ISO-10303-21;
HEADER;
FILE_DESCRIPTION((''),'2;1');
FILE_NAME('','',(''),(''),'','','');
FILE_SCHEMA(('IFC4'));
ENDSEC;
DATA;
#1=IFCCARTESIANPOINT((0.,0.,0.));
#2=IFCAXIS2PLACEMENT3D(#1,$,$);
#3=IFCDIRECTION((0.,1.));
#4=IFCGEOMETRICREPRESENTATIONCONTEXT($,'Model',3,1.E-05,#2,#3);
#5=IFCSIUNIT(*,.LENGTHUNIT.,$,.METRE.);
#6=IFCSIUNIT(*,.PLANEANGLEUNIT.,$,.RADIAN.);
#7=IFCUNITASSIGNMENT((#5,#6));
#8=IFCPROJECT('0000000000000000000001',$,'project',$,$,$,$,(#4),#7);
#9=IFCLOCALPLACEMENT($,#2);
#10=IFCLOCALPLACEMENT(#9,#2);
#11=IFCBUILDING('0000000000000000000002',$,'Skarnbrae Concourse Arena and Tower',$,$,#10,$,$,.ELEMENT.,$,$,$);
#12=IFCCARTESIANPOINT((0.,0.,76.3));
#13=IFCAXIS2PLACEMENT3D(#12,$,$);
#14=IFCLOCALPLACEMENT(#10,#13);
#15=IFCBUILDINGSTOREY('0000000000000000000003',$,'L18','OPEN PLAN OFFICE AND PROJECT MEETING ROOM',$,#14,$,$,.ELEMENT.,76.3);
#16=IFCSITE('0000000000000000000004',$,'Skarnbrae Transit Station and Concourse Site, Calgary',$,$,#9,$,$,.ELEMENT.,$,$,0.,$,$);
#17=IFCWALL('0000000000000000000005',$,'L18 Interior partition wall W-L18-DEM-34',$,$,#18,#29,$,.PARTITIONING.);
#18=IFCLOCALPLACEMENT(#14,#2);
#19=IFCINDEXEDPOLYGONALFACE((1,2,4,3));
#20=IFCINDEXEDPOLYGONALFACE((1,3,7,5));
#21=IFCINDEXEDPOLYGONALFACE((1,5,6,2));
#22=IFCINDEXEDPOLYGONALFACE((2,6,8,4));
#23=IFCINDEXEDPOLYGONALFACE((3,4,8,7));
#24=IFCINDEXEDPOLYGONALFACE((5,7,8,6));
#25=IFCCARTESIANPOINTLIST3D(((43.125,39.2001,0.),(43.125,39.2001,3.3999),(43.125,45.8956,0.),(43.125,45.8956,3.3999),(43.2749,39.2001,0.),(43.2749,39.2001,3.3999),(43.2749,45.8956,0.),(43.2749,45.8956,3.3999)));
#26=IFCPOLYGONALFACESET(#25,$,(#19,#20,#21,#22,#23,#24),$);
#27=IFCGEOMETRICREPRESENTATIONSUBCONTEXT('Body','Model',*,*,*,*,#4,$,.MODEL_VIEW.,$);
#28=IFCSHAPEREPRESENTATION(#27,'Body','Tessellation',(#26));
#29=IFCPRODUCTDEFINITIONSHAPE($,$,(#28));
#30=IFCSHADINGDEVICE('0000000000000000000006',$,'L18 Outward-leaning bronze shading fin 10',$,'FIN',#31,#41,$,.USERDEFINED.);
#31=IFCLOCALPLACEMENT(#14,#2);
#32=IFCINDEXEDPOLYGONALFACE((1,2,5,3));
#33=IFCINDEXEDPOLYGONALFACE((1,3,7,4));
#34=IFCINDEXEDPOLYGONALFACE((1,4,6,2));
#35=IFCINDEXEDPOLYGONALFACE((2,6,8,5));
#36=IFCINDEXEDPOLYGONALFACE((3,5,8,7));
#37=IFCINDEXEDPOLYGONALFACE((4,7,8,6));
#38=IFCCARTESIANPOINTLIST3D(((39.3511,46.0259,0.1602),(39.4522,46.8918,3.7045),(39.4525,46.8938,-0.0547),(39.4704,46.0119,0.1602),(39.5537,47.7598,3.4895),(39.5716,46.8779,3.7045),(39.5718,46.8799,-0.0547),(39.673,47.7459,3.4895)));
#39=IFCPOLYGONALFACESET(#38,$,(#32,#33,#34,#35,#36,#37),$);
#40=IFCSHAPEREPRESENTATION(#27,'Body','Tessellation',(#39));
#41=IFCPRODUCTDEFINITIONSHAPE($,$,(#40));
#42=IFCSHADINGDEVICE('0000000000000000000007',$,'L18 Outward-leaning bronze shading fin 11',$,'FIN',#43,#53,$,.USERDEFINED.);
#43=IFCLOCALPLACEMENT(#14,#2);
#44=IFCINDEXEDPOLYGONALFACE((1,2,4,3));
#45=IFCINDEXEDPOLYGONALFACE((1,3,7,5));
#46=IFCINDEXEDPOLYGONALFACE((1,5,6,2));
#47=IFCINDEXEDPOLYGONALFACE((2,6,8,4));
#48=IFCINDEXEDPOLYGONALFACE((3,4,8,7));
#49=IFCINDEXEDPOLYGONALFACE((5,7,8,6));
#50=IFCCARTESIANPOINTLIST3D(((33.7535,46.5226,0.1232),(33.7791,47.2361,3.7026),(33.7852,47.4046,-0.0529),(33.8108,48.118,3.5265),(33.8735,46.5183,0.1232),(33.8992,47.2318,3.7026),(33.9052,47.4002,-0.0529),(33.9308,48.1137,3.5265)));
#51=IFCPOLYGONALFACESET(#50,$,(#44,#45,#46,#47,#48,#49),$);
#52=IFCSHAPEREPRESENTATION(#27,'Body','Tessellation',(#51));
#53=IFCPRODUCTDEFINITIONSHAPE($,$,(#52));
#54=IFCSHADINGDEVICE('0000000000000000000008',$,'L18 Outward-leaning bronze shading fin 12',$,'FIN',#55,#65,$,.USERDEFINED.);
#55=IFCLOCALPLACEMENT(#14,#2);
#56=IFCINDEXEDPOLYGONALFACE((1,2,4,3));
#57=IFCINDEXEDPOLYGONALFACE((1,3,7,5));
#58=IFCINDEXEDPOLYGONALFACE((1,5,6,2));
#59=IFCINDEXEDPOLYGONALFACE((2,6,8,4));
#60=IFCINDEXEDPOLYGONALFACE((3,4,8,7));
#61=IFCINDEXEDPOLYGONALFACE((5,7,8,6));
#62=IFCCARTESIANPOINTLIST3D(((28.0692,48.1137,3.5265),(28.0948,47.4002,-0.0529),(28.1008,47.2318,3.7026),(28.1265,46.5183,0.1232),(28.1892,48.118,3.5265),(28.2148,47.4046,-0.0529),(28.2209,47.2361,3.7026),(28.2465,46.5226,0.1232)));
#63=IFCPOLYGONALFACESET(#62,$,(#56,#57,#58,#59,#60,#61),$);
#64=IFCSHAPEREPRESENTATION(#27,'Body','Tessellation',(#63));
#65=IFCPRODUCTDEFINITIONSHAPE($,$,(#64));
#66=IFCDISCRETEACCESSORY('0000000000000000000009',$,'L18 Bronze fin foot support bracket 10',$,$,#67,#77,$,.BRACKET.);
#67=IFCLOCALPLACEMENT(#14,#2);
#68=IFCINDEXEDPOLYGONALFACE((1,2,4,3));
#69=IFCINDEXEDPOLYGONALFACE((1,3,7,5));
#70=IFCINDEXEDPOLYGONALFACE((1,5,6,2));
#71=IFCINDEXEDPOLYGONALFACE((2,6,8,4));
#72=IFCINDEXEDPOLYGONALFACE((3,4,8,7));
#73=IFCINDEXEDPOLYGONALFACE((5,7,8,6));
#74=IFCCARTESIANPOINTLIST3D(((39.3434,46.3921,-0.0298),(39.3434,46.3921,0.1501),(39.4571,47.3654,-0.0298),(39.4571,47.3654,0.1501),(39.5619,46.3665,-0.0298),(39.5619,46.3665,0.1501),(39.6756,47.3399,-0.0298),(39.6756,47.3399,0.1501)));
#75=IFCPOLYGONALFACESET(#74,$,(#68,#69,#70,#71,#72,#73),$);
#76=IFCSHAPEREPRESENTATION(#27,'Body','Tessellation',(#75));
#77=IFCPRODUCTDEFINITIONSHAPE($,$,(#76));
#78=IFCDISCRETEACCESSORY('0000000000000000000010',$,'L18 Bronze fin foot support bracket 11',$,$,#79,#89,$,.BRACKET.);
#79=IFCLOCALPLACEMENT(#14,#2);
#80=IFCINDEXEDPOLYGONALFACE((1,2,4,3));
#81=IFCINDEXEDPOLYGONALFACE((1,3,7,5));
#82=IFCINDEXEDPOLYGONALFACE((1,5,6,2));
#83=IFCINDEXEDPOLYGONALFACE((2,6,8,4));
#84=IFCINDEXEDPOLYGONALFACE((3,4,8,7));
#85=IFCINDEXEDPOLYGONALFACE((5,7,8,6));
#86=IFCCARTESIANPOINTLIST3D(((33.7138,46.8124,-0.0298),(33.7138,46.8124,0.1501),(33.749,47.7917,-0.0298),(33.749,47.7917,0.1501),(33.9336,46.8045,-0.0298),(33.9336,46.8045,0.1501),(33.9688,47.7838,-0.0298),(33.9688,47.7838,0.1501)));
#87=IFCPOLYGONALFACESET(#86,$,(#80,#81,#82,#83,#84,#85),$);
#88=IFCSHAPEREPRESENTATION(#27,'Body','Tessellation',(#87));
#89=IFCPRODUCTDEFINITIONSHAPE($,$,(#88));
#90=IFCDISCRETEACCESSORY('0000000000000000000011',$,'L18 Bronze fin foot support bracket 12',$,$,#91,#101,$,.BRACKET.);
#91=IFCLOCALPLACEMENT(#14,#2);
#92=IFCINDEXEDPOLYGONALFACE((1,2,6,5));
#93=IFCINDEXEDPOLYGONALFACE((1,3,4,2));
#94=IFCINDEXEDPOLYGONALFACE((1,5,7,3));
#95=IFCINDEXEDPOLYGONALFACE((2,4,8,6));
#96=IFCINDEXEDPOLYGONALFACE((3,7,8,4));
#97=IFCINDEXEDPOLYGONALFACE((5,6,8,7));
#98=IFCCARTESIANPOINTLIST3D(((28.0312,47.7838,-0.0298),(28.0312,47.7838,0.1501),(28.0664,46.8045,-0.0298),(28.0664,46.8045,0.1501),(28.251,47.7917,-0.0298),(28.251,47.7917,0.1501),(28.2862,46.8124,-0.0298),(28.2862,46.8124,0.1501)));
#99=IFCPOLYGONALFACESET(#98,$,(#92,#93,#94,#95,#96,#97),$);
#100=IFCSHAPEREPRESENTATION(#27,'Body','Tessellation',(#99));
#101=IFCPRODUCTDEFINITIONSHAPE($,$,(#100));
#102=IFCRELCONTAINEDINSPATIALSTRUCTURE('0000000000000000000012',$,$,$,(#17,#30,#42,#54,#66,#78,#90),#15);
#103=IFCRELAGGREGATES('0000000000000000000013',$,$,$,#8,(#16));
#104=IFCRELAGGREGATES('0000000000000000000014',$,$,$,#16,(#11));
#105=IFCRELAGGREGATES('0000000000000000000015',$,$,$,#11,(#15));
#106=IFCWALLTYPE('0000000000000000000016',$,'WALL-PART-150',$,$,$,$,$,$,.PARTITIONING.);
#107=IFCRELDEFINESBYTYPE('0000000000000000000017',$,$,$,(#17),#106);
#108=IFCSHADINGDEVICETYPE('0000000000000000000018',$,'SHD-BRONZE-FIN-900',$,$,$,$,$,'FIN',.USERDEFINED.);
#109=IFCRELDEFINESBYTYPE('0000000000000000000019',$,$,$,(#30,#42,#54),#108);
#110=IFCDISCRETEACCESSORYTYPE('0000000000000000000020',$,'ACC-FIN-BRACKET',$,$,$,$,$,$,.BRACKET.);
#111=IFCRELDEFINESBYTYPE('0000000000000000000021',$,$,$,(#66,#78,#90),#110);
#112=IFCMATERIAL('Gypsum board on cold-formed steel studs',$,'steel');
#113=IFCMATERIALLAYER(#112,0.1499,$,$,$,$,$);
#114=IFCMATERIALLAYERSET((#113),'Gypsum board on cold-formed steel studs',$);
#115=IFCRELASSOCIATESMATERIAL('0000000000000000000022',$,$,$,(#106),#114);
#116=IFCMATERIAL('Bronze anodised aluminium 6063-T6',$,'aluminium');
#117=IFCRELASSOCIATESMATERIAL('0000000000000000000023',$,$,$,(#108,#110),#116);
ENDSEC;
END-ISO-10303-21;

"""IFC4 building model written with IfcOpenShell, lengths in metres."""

from ifc_helpers import new_model, si_unit, direction, frame, frame_2d, origin, origin_2d, place, context, subcontext, project, spatial, rectangle, extrude, source, transform, mapped, material, layer, layer_set, type_object, element, save


model = new_model("IFC4")

# Units and contexts
model_context = context("Model", 3, precision=1e-05, world=origin(), true_north=direction((0.0, 1.0)))
body_context = subcontext(model_context, "Body", "Model", "MODEL_VIEW")
ifc_project = project(units=[si_unit("LENGTHUNIT", "METRE"), si_unit("PLANEANGLEUNIT", "RADIAN")], contexts=[model_context])

# Site, building, storey
site_placement = place(None, origin())
site = spatial("IfcSite", under=ifc_project, at=site_placement, Name="Skarnbrae Transit Station and Concourse Site, Calgary", CompositionType="ELEMENT", RefElevation=0.0)
building_placement = place(site_placement, origin())
building = spatial("IfcBuilding", under=site, at=building_placement, Name="Skarnbrae Concourse Arena and Tower", CompositionType="ELEMENT")
storey_placement = place(building_placement, frame((0.0, 0.0, 76.3)))
storey = spatial("IfcBuildingStorey", under=building, at=storey_placement, Name="L18", Description="OPEN PLAN OFFICE AND PROJECT MEETING ROOM", CompositionType="ELEMENT", Elevation=76.3)

# Shared definitions
ifc_material_1 = material(Name="Bronze anodised aluminium 6063-T6", Category="aluminium")

# Wall
ifc_material_2 = material(Name="Gypsum board on cold-formed steel studs", Category="steel")
ifc_layer_1 = layer(ifc_material_2, 0.1499)
ifc_layer_set_1 = layer_set([ifc_layer_1], Name="Gypsum board on cold-formed steel studs")
wall_type = type_object("IfcWallType", Name="WALL-PART-150", PredefinedType="PARTITIONING", material=ifc_layer_set_1)
shared_shape_1 = source(origin(), body_context, "Body", "SweptSolid", [
    extrude(rectangle(XDim=6.6956, YDim=0.1499, at=frame_2d((3.3477, 0.0))), origin(), (0.0, 0.0, 1.0), 3.3999),
])
wall_1_placement = place(storey_placement, frame((43.2, 45.8955, 0.0), z_axis=(0.0, 0.0, 1.0), x_axis=(0.0, -1.0, 0.0)))
element("IfcWall", 1, at=wall_1_placement, inside=storey, type_object=wall_type, Name="L18 Interior partition wall W-L18-DEM-34", PredefinedType="PARTITIONING", context=body_context, shape_type="MappedRepresentation", body=[
    mapped(shared_shape_1, transform((0.0, 0.0, 0.0))),
])

# Shading devices
shading_device_type = type_object("IfcShadingDeviceType", Name="SHD-BRONZE-FIN-900", ElementType="FIN", PredefinedType="USERDEFINED", material=ifc_material_1)
shared_shape_2 = source(origin(), body_context, "Body", "SweptSolid", [
    extrude(rectangle(XDim=0.1201, YDim=0.8999, at=origin_2d()), origin(), (0.0, 0.0, 1.0), 3.6499),
])
for number, where, z_axis, x_axis, name in (
    (2, (39.4614, 46.4529, 0.0527), (0.02772, 0.237259, 0.971051), (0.993244, -0.116047, 0.0), "L18 Outward-leaning bronze shading fin 10"),
    (3, (33.8293, 46.9614, 0.0352), (0.007021, 0.195478, 0.980683), (0.999356, -0.035894, 0.0), "L18 Outward-leaning bronze shading fin 11"),
    (4, (28.1707, 46.9614, 0.0352), (-0.007021, 0.195478, 0.980683), (0.999356, 0.035894, 0.0), "L18 Outward-leaning bronze shading fin 12"),
):
    element("IfcShadingDevice", number, at=place(storey_placement, frame(where, z_axis=z_axis, x_axis=x_axis)), inside=storey, type_object=shading_device_type, Name=name, ObjectType="FIN", PredefinedType="USERDEFINED", context=body_context, shape_type="MappedRepresentation", body=[
        mapped(shared_shape_2, transform((0.0, 0.0, 0.0))),
    ])

# Discrete accessories
discrete_accessory_type = type_object("IfcDiscreteAccessoryType", Name="ACC-FIN-BRACKET", PredefinedType="BRACKET", material=ifc_material_1)
shared_shape_3 = source(origin(), body_context, "Body", "SweptSolid", [
    extrude(rectangle(XDim=0.22, YDim=0.98, at=origin_2d()), origin(), (0.0, 0.0, 1.0), 0.1799),
])
for number, where, z_axis, x_axis, name in (
    (5, (39.5095, 46.866, -0.0298), (0.0, 0.0, 1.0), (0.993244, -0.116047, 0.0), "L18 Bronze fin foot support bracket 10"),
    (6, (33.8413, 47.2981, -0.0298), (0.0, 0.0, 1.0), (0.999356, -0.035894, 0.0), "L18 Bronze fin foot support bracket 11"),
    (7, (28.1587, 47.2981, -0.0298), (0.0, 0.0, 1.0), (0.999356, 0.035894, 0.0), "L18 Bronze fin foot support bracket 12"),
):
    element("IfcDiscreteAccessory", number, at=place(storey_placement, frame(where, z_axis=z_axis, x_axis=x_axis)), inside=storey, type_object=discrete_accessory_type, Name=name, PredefinedType="BRACKET", context=body_context, shape_type="MappedRepresentation", body=[
        mapped(shared_shape_3, transform((0.0, 0.0, 0.0))),
    ])

save(model, "model.ifc")
